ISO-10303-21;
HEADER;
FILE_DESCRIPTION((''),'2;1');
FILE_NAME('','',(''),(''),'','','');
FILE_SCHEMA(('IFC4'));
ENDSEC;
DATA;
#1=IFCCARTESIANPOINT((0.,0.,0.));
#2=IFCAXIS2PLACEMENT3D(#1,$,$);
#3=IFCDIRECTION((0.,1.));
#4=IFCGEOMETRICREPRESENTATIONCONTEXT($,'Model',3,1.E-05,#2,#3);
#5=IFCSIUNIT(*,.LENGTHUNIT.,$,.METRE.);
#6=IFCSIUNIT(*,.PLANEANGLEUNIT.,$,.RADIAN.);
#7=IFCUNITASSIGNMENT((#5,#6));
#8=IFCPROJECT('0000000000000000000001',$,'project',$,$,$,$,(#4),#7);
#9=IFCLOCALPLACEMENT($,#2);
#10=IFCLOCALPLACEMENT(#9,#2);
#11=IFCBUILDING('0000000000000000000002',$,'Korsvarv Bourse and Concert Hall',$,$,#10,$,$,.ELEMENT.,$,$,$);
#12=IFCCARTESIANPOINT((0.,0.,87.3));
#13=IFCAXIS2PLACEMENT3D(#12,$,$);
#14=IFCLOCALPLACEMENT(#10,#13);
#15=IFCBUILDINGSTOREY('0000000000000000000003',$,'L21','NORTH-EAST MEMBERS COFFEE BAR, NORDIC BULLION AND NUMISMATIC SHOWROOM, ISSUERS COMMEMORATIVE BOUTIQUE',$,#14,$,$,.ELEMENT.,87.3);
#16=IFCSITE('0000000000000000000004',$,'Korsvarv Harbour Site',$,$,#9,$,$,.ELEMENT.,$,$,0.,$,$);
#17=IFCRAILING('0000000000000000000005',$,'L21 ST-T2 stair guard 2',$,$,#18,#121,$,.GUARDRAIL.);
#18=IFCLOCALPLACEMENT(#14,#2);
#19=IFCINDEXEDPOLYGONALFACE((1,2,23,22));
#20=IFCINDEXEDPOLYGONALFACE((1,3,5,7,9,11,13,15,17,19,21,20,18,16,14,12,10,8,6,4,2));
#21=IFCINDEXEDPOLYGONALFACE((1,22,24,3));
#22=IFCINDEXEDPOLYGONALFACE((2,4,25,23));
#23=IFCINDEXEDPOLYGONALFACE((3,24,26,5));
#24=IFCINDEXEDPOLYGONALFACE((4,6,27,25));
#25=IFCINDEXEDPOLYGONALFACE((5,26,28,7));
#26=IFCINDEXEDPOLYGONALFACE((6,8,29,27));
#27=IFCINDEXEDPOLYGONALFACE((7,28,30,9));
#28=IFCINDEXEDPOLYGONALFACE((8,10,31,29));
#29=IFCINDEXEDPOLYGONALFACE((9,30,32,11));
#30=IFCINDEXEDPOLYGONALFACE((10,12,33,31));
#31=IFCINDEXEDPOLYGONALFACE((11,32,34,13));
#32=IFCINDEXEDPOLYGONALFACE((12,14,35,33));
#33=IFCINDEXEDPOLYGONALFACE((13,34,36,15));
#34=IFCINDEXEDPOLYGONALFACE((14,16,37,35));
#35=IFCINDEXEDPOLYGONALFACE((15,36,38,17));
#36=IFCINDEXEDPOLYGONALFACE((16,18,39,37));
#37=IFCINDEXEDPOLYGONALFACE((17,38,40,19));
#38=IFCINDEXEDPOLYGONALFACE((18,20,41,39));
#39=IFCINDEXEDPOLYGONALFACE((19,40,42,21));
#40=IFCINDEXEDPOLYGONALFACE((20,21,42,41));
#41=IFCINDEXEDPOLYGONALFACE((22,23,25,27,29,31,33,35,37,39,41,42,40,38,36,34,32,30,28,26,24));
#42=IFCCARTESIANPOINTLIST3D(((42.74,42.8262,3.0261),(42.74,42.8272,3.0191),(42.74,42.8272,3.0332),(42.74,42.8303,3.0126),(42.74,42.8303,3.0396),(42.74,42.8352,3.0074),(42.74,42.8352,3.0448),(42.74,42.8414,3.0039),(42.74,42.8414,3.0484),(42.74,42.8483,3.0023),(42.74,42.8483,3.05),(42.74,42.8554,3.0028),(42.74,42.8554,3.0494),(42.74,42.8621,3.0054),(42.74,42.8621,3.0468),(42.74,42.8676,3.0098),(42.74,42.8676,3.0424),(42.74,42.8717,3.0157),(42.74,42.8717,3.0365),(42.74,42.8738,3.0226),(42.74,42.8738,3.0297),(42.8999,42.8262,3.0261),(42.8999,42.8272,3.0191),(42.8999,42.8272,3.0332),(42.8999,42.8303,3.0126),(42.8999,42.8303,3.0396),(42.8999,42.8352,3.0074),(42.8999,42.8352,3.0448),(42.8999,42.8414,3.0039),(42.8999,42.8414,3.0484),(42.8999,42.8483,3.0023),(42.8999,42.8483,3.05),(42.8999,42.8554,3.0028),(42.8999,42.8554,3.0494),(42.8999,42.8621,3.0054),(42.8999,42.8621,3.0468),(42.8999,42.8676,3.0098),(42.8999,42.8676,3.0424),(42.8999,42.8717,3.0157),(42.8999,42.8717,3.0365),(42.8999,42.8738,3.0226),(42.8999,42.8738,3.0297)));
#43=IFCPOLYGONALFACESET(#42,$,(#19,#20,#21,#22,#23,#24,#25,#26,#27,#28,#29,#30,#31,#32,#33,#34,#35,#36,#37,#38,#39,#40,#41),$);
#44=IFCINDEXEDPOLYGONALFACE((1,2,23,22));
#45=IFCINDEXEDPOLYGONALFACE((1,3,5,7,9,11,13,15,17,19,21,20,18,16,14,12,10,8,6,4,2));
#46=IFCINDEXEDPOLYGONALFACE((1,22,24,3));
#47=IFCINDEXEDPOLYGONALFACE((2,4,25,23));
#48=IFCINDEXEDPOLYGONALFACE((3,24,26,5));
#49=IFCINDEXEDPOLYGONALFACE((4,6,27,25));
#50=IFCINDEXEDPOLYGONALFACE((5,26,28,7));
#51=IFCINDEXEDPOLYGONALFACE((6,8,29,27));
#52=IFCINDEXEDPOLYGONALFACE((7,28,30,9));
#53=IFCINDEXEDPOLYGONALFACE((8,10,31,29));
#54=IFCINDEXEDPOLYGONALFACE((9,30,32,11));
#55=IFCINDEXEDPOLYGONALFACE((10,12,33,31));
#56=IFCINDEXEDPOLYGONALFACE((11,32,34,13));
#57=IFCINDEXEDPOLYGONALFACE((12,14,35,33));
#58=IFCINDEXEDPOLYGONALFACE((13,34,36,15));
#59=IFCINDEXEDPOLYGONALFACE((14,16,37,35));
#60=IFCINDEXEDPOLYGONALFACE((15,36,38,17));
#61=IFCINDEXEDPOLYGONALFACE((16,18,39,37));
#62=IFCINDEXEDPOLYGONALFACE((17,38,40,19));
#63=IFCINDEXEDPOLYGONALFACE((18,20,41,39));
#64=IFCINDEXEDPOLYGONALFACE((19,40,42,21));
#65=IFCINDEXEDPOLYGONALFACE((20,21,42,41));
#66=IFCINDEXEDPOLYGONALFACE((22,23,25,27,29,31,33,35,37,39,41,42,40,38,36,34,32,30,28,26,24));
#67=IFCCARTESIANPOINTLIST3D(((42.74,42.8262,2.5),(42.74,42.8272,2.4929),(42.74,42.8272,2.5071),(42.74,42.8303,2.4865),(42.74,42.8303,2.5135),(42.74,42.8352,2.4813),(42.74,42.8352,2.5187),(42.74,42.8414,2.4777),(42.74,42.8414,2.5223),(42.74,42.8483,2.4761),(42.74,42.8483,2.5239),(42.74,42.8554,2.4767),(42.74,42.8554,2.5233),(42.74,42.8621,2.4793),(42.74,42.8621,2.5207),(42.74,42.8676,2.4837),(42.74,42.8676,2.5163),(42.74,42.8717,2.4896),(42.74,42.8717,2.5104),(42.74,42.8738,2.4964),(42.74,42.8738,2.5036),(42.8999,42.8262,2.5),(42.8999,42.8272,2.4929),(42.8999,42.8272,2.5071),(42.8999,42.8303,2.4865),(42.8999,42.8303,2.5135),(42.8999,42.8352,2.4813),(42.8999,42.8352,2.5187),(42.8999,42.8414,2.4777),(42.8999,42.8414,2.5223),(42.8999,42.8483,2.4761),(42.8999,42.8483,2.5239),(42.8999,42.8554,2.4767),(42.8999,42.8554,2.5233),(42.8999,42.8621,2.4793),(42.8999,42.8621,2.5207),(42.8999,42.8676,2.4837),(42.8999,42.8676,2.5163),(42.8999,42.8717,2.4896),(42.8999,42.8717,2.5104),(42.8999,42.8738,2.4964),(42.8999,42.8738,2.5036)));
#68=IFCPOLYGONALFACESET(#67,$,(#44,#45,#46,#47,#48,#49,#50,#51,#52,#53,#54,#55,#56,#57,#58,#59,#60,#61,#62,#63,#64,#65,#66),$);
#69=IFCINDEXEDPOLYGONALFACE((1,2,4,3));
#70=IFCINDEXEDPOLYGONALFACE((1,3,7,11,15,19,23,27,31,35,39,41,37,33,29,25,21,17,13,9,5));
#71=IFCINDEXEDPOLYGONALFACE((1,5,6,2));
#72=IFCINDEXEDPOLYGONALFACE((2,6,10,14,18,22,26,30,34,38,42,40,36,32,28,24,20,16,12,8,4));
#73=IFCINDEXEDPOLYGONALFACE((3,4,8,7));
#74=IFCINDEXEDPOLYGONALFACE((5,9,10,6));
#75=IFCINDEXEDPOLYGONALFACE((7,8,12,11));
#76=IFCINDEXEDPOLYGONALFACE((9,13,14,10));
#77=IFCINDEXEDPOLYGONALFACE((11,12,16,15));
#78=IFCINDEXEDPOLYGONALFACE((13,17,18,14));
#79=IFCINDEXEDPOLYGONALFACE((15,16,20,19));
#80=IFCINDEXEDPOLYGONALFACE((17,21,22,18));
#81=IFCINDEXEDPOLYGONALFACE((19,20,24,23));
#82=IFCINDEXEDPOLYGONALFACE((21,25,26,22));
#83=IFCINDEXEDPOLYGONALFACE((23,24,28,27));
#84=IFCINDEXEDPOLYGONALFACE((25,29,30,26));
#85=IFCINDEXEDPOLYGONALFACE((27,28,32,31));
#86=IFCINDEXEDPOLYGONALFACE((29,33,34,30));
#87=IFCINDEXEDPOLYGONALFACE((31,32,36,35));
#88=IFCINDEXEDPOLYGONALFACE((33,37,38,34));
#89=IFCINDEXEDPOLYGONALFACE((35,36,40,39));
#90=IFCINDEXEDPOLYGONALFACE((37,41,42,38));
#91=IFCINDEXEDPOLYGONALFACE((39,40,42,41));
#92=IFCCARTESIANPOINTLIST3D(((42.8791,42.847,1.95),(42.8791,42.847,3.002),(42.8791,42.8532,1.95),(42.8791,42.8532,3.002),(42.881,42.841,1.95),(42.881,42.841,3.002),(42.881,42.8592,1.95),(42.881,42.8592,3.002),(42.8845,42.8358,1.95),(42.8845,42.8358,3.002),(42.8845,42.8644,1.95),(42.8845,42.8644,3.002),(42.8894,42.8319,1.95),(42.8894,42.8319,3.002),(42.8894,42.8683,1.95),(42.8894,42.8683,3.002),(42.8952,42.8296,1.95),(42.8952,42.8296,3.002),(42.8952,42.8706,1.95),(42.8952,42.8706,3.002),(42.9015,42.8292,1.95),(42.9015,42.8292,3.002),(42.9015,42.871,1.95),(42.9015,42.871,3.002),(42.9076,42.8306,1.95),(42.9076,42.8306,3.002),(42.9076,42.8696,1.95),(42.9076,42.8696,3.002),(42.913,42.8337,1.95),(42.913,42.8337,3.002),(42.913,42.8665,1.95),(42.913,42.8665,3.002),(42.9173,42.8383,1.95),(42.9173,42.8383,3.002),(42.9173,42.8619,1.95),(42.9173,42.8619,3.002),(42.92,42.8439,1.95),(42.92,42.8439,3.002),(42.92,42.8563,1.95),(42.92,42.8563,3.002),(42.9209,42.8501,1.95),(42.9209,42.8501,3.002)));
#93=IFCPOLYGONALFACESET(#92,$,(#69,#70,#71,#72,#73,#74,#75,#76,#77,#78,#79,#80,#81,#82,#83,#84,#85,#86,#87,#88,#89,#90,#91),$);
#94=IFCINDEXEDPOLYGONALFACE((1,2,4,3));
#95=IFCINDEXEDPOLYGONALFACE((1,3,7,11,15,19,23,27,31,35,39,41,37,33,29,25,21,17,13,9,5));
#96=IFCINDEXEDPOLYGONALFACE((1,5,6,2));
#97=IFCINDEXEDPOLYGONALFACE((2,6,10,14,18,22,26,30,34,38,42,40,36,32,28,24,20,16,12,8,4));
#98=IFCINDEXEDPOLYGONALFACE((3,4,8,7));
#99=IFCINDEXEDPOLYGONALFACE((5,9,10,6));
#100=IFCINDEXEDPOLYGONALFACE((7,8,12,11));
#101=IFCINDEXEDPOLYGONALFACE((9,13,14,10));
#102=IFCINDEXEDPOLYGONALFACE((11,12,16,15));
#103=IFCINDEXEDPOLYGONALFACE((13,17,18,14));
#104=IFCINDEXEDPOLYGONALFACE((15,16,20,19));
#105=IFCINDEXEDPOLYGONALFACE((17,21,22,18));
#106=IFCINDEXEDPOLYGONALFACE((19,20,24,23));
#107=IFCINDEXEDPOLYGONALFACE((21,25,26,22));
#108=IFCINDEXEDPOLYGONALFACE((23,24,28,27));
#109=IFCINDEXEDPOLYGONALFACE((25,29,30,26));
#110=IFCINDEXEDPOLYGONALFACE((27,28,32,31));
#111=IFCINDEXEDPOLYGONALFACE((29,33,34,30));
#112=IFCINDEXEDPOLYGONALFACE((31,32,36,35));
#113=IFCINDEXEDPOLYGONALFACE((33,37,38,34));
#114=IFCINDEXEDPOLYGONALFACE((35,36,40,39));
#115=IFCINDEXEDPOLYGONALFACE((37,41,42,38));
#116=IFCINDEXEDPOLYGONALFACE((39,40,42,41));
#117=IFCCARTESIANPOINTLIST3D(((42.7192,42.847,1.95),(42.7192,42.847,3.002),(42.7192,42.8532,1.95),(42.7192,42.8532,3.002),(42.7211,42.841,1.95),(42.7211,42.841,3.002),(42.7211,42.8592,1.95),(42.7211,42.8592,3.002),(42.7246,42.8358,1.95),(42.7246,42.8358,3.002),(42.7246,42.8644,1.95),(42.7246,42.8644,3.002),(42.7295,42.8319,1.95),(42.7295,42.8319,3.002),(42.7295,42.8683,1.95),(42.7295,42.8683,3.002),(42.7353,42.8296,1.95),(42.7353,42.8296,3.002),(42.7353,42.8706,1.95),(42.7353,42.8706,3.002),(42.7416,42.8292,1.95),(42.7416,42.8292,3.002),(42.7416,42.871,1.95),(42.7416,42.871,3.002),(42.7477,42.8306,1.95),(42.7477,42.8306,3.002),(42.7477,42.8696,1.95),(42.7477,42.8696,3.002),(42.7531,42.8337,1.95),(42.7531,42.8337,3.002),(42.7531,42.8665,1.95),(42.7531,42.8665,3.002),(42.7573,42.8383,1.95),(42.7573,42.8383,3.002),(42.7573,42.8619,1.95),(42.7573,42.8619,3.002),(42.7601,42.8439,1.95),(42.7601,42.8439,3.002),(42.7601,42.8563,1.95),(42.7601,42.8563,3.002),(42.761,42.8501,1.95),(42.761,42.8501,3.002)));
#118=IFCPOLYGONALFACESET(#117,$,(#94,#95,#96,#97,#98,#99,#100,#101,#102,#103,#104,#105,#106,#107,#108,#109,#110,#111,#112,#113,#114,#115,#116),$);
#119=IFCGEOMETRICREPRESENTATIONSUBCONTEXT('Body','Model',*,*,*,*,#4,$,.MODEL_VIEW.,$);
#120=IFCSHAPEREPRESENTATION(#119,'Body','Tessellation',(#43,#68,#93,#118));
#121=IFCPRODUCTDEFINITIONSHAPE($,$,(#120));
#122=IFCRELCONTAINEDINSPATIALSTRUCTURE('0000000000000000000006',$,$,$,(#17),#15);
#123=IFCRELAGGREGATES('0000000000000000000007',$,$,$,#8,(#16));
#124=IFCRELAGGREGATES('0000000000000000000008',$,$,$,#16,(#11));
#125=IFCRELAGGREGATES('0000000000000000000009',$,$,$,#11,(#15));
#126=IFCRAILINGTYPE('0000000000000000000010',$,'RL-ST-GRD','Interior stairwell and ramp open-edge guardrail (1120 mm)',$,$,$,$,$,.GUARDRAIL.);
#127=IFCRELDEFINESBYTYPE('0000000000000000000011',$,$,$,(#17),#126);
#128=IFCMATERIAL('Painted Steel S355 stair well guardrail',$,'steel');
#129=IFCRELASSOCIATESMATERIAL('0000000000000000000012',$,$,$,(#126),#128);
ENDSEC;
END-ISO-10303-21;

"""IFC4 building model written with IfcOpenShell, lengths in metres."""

from ifc_helpers import new_model, si_unit, direction, frame, origin, origin_2d, place, context, subcontext, project, spatial, circle, extrude, material, type_object, element, save


model = new_model("IFC4")

# Units and contexts
model_context = context("Model", 3, precision=1e-05, world=origin(), true_north=direction((0.0, 1.0)))
body_context = subcontext(model_context, "Body", "Model", "MODEL_VIEW")
ifc_project = project(units=[si_unit("LENGTHUNIT", "METRE"), si_unit("PLANEANGLEUNIT", "RADIAN")], contexts=[model_context])

# Site, building, storey
site_placement = place(None, origin())
site = spatial("IfcSite", under=ifc_project, at=site_placement, Name="Korsvarv Harbour Site", CompositionType="ELEMENT", RefElevation=0.0)
building_placement = place(site_placement, origin())
building = spatial("IfcBuilding", under=site, at=building_placement, Name="Korsvarv Bourse and Concert Hall", CompositionType="ELEMENT")
storey_placement = place(building_placement, frame((0.0, 0.0, 87.3)))
storey = spatial("IfcBuildingStorey", under=building, at=storey_placement, Name="L21", Description="NORTH-EAST MEMBERS COFFEE BAR, NORDIC BULLION AND NUMISMATIC SHOWROOM, ISSUERS COMMEMORATIVE BOUTIQUE", CompositionType="ELEMENT", Elevation=87.3)

# Railing
ifc_material_1 = material(Name="Painted Steel S355 stair well guardrail", Category="steel")
railing_type_1 = type_object("IfcRailingType", Name="RL-ST-GRD", Description="Interior stairwell and ramp open-edge guardrail (1120 mm)", PredefinedType="GUARDRAIL", material=ifc_material_1)
railing_1_placement = place(storey_placement, frame((42.8999, 42.8501, 1.95)))
element("IfcRailing", 1, at=railing_1_placement, inside=storey, type_object=railing_type_1, Name="L21 ST-T2 stair guard 2", PredefinedType="GUARDRAIL", context=body_context, shape_type="SweptSolid", body=[
    extrude(circle(Radius=0.0239, at=origin_2d()), frame((0.0, 0.0, 1.0762), z_axis=(-1.0, 0.0, 0.0), x_axis=(0.0, -1.0, 0.0)), (0.0, 0.0, 1.0), 0.1599),
    extrude(circle(Radius=0.0239, at=origin_2d()), frame((0.0, 0.0, 0.55), z_axis=(-1.0, 0.0, 0.0), x_axis=(0.0, -1.0, 0.0)), (0.0, 0.0, 1.0), 0.1599),
    extrude(circle(Radius=0.021, at=origin_2d()), origin(), (0.0, 0.0, 1.0), 1.052),
    extrude(circle(Radius=0.021, at=origin_2d()), frame((-0.1599, 0.0, 0.0)), (0.0, 0.0, 1.0), 1.052),
])

save(model, "model.ifc")
